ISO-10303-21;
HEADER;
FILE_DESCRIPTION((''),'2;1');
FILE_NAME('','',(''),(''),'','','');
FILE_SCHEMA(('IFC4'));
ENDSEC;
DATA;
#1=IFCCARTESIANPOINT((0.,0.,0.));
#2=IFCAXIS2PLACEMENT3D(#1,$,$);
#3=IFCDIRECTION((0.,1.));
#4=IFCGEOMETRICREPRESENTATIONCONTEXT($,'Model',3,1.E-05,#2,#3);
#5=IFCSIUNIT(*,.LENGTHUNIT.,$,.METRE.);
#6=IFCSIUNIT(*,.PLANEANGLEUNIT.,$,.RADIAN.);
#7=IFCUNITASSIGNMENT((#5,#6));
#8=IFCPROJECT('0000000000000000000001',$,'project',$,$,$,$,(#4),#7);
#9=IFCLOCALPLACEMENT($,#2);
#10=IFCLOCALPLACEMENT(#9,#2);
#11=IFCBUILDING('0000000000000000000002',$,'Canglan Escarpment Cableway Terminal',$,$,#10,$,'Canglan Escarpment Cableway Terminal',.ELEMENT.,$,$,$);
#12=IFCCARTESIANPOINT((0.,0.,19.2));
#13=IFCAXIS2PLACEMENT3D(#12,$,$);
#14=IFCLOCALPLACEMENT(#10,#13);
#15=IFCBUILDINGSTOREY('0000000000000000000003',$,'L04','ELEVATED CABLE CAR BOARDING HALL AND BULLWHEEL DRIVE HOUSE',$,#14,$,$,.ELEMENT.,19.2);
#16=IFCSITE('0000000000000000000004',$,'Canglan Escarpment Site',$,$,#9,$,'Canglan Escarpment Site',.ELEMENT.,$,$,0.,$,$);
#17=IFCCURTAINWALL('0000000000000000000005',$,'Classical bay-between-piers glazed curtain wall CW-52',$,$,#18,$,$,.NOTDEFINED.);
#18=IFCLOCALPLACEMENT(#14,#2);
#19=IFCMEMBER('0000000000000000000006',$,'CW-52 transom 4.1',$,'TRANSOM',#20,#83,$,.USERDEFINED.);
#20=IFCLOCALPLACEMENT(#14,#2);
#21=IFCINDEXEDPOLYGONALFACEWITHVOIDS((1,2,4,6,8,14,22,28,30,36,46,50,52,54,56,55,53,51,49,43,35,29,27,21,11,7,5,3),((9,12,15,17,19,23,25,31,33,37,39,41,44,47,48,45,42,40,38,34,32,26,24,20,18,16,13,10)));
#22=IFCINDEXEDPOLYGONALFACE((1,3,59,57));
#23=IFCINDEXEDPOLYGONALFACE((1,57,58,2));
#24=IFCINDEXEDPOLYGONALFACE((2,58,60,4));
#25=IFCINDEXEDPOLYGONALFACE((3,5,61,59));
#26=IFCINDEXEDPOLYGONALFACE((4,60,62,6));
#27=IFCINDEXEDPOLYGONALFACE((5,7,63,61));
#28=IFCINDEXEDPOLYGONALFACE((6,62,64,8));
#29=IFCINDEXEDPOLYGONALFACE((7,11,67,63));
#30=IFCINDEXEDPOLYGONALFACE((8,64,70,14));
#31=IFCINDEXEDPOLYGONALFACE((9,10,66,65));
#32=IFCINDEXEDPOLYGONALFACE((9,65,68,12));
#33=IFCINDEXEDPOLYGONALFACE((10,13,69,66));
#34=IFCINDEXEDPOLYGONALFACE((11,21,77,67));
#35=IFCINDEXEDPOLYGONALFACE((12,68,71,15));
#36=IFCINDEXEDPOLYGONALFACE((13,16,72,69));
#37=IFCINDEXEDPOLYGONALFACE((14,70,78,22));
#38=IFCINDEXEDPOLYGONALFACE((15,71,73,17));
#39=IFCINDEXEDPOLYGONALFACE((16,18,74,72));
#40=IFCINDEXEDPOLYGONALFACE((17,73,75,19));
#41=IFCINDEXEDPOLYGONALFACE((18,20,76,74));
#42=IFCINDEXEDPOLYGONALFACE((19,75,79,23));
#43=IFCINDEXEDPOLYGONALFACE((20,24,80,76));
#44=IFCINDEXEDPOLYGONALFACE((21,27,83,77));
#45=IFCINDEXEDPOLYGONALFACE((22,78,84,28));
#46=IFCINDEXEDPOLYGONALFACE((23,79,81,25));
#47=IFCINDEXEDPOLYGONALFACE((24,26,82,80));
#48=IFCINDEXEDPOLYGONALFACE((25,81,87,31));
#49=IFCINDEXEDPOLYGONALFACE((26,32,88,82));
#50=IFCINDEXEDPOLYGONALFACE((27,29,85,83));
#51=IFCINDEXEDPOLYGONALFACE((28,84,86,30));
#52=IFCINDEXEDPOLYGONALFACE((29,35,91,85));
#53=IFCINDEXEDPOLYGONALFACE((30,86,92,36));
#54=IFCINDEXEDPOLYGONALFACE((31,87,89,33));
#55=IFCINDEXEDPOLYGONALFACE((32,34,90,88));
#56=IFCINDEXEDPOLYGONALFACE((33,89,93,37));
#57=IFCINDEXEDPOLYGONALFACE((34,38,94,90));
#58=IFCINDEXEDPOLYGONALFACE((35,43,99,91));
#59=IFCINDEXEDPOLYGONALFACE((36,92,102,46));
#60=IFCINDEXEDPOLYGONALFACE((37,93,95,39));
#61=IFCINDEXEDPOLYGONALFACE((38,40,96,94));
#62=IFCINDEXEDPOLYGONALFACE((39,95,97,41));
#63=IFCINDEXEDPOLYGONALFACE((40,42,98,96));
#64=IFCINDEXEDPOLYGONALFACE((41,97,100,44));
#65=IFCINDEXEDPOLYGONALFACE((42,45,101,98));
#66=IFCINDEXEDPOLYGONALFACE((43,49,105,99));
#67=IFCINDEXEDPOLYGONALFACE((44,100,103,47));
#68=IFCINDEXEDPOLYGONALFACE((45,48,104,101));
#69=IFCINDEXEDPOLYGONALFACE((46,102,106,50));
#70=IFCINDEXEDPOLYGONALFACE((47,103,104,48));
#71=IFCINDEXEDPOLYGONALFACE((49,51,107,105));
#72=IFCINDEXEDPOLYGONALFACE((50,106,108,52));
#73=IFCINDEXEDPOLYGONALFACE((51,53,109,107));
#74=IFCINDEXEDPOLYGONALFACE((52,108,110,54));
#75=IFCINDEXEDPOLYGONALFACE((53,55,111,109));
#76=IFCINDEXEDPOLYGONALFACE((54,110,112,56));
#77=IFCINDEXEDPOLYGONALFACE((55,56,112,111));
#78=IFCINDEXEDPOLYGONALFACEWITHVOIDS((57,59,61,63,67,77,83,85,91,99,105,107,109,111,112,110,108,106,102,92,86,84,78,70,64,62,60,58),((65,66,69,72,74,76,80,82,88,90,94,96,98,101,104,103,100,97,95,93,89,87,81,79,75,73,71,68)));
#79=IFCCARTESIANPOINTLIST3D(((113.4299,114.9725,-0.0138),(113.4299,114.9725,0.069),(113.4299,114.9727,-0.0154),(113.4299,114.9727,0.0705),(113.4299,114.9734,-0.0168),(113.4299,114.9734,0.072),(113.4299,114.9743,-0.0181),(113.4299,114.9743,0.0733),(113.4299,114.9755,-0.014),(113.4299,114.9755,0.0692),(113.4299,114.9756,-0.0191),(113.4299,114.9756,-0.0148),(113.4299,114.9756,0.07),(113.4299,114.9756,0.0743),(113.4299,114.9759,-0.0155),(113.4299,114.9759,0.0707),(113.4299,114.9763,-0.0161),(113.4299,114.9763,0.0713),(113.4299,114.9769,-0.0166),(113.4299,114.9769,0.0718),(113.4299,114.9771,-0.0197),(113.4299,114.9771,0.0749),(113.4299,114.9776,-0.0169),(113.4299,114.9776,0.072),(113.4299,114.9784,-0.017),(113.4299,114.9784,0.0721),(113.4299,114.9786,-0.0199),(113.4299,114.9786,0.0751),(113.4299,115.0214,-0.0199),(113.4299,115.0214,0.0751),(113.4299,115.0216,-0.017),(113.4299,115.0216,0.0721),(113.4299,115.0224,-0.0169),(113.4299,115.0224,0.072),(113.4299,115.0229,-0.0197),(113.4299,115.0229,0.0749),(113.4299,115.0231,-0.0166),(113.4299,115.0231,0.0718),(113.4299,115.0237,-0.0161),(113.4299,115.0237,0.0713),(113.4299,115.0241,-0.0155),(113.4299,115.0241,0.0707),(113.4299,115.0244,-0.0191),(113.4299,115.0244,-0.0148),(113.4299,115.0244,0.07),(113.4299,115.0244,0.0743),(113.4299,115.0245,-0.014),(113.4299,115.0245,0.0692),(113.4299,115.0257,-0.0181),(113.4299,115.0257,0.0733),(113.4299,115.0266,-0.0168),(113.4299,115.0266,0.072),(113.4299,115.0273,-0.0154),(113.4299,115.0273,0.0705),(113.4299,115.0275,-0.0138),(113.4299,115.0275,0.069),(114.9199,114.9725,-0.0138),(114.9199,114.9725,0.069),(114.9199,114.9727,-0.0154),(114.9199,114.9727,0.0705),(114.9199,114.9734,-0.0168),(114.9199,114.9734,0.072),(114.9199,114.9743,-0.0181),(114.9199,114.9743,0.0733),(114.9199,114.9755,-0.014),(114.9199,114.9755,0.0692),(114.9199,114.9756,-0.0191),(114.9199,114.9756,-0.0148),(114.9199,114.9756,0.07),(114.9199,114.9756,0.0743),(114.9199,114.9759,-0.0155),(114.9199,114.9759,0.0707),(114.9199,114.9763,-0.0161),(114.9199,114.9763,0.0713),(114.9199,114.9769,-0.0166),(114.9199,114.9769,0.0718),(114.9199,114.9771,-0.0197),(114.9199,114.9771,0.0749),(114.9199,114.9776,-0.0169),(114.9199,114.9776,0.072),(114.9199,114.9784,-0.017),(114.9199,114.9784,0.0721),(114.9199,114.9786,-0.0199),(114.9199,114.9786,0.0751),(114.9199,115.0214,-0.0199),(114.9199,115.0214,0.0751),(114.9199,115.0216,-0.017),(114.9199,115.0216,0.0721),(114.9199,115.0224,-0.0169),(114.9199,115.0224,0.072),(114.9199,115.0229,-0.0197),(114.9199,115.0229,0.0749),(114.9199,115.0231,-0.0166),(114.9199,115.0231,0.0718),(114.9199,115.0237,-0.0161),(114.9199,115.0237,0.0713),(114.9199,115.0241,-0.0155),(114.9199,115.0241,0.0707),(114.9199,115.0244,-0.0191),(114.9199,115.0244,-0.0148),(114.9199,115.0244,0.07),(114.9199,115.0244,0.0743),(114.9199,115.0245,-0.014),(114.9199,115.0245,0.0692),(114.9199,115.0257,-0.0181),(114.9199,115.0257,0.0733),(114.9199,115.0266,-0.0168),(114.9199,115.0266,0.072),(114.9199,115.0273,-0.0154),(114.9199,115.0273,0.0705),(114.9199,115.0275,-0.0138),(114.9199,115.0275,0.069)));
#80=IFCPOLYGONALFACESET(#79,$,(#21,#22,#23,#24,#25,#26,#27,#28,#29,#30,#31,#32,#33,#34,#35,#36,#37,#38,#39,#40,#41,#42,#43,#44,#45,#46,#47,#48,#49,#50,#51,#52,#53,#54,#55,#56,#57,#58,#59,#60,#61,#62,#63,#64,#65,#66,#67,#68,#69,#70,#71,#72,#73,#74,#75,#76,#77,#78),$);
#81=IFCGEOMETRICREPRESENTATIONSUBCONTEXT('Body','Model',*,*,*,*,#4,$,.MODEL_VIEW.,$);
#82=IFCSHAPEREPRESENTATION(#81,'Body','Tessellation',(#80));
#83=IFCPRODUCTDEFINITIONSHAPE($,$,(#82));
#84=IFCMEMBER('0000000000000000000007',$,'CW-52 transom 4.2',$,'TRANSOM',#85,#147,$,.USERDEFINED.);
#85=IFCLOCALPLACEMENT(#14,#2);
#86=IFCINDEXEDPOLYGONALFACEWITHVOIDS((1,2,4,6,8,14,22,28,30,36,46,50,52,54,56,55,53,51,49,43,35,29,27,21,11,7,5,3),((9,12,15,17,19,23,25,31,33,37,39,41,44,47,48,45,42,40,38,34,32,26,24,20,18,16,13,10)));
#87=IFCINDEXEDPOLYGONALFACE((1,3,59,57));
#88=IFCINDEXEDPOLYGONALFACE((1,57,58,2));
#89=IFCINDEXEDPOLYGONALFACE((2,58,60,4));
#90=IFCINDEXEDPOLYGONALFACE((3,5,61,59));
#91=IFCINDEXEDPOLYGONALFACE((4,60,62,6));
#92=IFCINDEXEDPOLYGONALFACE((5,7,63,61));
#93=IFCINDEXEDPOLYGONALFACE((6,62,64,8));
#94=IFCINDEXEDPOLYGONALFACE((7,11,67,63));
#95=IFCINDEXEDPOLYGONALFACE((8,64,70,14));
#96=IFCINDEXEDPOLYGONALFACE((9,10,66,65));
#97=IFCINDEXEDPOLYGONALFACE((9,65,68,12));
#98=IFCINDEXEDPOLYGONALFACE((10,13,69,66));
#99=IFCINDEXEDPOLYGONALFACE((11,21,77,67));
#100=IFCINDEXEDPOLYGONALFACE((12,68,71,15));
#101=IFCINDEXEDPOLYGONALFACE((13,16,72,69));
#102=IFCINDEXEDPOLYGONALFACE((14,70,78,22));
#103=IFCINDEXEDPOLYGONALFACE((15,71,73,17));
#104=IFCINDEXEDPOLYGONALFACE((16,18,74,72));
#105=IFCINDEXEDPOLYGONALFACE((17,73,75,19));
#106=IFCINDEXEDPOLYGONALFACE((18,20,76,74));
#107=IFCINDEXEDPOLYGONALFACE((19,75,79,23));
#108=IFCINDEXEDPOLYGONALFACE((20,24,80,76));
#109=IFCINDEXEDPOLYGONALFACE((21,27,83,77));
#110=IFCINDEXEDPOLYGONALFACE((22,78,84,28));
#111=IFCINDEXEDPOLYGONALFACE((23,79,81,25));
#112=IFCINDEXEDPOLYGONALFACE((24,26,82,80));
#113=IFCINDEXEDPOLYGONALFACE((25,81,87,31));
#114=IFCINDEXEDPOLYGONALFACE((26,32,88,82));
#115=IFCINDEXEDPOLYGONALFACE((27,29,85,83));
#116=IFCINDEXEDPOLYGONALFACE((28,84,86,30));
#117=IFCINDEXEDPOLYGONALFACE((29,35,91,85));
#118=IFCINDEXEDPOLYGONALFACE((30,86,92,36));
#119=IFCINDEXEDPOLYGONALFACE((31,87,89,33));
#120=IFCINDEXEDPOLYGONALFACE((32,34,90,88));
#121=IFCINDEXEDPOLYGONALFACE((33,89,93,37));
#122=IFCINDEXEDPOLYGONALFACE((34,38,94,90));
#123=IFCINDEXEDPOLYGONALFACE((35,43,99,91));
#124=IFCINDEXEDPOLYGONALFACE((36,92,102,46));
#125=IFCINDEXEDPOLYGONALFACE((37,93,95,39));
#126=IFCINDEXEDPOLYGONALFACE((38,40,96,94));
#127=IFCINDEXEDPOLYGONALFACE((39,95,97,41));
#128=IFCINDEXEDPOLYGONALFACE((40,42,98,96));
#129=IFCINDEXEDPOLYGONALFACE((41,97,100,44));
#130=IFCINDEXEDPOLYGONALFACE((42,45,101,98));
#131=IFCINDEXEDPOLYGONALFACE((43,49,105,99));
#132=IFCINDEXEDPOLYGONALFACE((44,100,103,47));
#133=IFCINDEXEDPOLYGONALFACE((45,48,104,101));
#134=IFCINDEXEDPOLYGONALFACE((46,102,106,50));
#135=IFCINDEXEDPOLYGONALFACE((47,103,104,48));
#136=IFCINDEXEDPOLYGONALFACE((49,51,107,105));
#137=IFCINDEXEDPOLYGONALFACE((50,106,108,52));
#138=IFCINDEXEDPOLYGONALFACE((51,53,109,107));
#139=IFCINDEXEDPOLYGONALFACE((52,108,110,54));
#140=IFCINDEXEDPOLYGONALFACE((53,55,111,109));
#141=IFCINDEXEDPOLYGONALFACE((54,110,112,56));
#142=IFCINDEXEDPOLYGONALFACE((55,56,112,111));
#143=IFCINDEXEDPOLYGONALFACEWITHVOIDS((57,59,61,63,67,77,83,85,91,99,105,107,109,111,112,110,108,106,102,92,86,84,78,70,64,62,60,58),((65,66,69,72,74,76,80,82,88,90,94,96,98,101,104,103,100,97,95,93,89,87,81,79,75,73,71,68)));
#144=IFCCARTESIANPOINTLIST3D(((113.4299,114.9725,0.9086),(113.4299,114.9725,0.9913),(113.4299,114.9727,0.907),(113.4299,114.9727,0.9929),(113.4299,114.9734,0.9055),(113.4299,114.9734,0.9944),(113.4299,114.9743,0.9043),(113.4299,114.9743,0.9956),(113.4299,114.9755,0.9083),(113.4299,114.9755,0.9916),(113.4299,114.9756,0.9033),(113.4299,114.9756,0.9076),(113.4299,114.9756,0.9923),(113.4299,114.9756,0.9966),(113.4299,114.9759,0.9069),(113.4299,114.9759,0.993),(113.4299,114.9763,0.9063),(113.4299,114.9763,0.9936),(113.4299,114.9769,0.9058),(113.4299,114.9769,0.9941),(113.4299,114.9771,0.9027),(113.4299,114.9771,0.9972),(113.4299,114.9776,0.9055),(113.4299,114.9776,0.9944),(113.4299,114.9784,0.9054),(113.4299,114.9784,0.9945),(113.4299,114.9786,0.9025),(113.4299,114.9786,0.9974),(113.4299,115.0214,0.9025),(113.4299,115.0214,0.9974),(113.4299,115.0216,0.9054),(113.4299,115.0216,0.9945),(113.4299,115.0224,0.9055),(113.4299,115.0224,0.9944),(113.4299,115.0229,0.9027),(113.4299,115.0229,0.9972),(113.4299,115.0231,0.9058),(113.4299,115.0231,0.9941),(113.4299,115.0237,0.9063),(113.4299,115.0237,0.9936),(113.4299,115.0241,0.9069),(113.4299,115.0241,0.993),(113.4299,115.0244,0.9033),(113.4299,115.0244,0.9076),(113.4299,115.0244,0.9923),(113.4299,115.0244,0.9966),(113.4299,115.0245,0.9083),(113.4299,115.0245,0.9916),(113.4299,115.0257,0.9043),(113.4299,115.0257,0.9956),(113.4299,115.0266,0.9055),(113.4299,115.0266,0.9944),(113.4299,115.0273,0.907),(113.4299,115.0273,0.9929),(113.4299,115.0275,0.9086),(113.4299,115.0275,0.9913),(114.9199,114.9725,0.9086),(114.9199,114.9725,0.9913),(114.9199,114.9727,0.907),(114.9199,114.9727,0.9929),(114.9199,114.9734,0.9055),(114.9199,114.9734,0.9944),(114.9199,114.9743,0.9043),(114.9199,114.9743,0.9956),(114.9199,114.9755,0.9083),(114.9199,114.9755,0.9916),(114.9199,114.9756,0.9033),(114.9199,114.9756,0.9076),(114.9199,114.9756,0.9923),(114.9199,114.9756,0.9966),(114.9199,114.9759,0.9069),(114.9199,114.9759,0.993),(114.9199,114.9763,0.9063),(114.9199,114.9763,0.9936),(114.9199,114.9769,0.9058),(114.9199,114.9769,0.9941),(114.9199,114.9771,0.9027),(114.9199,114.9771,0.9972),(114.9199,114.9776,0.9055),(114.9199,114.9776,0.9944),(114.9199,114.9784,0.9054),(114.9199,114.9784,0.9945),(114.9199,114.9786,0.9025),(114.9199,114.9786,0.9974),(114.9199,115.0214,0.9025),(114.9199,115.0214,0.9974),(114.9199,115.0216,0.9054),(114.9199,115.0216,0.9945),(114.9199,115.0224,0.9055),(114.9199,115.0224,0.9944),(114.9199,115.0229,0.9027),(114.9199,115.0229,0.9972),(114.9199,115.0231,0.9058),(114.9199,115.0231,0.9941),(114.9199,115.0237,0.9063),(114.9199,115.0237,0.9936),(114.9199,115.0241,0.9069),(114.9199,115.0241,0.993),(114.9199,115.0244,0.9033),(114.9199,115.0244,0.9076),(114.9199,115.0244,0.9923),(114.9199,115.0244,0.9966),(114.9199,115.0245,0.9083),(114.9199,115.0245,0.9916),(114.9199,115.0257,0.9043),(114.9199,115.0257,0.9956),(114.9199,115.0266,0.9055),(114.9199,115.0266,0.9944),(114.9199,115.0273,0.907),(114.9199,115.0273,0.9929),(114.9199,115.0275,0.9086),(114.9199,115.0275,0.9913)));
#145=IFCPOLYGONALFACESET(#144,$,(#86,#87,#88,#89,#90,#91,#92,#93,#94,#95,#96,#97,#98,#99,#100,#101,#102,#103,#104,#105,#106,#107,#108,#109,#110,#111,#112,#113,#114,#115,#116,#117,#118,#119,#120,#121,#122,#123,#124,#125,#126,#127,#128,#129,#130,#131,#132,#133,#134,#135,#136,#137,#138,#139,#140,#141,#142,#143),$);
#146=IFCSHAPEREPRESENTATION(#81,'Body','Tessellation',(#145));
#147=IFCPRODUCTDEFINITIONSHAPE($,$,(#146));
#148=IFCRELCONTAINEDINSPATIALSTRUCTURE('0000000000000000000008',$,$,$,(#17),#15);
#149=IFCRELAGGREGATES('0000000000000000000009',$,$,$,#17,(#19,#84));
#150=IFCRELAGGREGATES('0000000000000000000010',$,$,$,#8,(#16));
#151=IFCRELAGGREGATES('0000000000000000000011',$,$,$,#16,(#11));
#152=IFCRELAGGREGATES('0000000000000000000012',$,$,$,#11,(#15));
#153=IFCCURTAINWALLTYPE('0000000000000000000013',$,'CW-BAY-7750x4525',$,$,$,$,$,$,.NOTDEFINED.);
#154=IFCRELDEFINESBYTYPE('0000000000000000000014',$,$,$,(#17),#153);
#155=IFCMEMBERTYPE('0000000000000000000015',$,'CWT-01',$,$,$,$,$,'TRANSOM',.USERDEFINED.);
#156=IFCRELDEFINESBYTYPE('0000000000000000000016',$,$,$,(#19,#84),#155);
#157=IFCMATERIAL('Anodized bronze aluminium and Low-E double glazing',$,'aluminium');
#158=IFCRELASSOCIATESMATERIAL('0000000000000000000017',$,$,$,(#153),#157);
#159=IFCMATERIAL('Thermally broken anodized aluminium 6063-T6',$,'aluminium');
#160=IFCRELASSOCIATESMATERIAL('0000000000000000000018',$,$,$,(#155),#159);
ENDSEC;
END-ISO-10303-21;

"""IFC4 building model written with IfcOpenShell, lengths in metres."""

from ifc_helpers import new_model, si_unit, direction, frame, origin, origin_2d, place, context, subcontext, project, spatial, hollow_rectangle, extrude, material, material_profile, profile_set, type_object, element, aggregate, save


model = new_model("IFC4")

# Units and contexts
model_context = context("Model", 3, precision=1e-05, world=origin(), true_north=direction((0.0, 1.0)))
body_context = subcontext(model_context, "Body", "Model", "MODEL_VIEW")
ifc_project = project(units=[si_unit("LENGTHUNIT", "METRE"), si_unit("PLANEANGLEUNIT", "RADIAN")], contexts=[model_context])

# Site, building, storey
site_placement = place(None, origin())
site = spatial("IfcSite", under=ifc_project, at=site_placement, Name="Canglan Escarpment Site", LongName="Canglan Escarpment Site", CompositionType="ELEMENT", RefElevation=0.0)
building_placement = place(site_placement, origin())
building = spatial("IfcBuilding", under=site, at=building_placement, Name="Canglan Escarpment Cableway Terminal", LongName="Canglan Escarpment Cableway Terminal", CompositionType="ELEMENT")
storey_placement = place(building_placement, frame((0.0, 0.0, 19.2)))
storey = spatial("IfcBuildingStorey", under=building, at=storey_placement, Name="L04", Description="ELEVATED CABLE CAR BOARDING HALL AND BULLWHEEL DRIVE HOUSE", CompositionType="ELEMENT", Elevation=19.2)

# Curtain wall, members
ifc_material_1 = material(Name="Anodized bronze aluminium and Low-E double glazing", Category="aluminium")
curtain_wall_type = type_object("IfcCurtainWallType", Name="CW-BAY-7750x4525", PredefinedType="NOTDEFINED", material=ifc_material_1)
curtain_wall_placement = place(storey_placement, origin())
curtain_wall = element("IfcCurtainWall", 1, at=curtain_wall_placement, inside=storey, type_object=curtain_wall_type, Name="Classical bay-between-piers glazed curtain wall CW-52", PredefinedType="NOTDEFINED")
ifc_material_2 = material(Name="Thermally broken anodized aluminium 6063-T6", Category="aluminium")
ifc_material_profile_1 = material_profile(ifc_material_2, hollow_rectangle(XDim=0.0549, YDim=0.095, WallThickness=0.0029, InnerFilletRadius=0.0029, OuterFilletRadius=0.0061, at=origin_2d()), Name="ALU-TRAN 55x95x3")
ifc_profile_set_1 = profile_set([ifc_material_profile_1], Name="Thermally broken anodized aluminium 6063-T6")
member_type_1 = type_object("IfcMemberType", Name="CWT-01", ElementType="TRANSOM", PredefinedType="USERDEFINED", material=ifc_profile_set_1)
member_1_placement = place(storey_placement, frame((114.9199, 115.0, 0.0276), z_axis=(-1.0, 0.0, 0.0), x_axis=(0.0, -1.0, 0.0)))
member_1 = element("IfcMember", 2, at=member_1_placement, type_object=member_type_1, Name="CW-52 transom 4.1", ObjectType="TRANSOM", PredefinedType="USERDEFINED", context=body_context, shape_type="SweptSolid", body=[
    extrude(hollow_rectangle(XDim=0.0549, YDim=0.095, WallThickness=0.0029, InnerFilletRadius=0.0029, OuterFilletRadius=0.0061, at=origin_2d()), origin(), (0.0, 0.0, 1.0), 1.49),
])
member_2_placement = place(storey_placement, frame((114.9199, 115.0, 0.95), z_axis=(-1.0, 0.0, 0.0), x_axis=(0.0, -1.0, 0.0)))
member_2 = element("IfcMember", 3, at=member_2_placement, type_object=member_type_1, Name="CW-52 transom 4.2", ObjectType="TRANSOM", PredefinedType="USERDEFINED", context=body_context, shape_type="SweptSolid", body=[
    extrude(hollow_rectangle(XDim=0.0549, YDim=0.095, WallThickness=0.0029, InnerFilletRadius=0.0029, OuterFilletRadius=0.0061, at=origin_2d()), origin(), (0.0, 0.0, 1.0), 1.49),
])
aggregate(curtain_wall, [member_1, member_2])

save(model, "model.ifc")
